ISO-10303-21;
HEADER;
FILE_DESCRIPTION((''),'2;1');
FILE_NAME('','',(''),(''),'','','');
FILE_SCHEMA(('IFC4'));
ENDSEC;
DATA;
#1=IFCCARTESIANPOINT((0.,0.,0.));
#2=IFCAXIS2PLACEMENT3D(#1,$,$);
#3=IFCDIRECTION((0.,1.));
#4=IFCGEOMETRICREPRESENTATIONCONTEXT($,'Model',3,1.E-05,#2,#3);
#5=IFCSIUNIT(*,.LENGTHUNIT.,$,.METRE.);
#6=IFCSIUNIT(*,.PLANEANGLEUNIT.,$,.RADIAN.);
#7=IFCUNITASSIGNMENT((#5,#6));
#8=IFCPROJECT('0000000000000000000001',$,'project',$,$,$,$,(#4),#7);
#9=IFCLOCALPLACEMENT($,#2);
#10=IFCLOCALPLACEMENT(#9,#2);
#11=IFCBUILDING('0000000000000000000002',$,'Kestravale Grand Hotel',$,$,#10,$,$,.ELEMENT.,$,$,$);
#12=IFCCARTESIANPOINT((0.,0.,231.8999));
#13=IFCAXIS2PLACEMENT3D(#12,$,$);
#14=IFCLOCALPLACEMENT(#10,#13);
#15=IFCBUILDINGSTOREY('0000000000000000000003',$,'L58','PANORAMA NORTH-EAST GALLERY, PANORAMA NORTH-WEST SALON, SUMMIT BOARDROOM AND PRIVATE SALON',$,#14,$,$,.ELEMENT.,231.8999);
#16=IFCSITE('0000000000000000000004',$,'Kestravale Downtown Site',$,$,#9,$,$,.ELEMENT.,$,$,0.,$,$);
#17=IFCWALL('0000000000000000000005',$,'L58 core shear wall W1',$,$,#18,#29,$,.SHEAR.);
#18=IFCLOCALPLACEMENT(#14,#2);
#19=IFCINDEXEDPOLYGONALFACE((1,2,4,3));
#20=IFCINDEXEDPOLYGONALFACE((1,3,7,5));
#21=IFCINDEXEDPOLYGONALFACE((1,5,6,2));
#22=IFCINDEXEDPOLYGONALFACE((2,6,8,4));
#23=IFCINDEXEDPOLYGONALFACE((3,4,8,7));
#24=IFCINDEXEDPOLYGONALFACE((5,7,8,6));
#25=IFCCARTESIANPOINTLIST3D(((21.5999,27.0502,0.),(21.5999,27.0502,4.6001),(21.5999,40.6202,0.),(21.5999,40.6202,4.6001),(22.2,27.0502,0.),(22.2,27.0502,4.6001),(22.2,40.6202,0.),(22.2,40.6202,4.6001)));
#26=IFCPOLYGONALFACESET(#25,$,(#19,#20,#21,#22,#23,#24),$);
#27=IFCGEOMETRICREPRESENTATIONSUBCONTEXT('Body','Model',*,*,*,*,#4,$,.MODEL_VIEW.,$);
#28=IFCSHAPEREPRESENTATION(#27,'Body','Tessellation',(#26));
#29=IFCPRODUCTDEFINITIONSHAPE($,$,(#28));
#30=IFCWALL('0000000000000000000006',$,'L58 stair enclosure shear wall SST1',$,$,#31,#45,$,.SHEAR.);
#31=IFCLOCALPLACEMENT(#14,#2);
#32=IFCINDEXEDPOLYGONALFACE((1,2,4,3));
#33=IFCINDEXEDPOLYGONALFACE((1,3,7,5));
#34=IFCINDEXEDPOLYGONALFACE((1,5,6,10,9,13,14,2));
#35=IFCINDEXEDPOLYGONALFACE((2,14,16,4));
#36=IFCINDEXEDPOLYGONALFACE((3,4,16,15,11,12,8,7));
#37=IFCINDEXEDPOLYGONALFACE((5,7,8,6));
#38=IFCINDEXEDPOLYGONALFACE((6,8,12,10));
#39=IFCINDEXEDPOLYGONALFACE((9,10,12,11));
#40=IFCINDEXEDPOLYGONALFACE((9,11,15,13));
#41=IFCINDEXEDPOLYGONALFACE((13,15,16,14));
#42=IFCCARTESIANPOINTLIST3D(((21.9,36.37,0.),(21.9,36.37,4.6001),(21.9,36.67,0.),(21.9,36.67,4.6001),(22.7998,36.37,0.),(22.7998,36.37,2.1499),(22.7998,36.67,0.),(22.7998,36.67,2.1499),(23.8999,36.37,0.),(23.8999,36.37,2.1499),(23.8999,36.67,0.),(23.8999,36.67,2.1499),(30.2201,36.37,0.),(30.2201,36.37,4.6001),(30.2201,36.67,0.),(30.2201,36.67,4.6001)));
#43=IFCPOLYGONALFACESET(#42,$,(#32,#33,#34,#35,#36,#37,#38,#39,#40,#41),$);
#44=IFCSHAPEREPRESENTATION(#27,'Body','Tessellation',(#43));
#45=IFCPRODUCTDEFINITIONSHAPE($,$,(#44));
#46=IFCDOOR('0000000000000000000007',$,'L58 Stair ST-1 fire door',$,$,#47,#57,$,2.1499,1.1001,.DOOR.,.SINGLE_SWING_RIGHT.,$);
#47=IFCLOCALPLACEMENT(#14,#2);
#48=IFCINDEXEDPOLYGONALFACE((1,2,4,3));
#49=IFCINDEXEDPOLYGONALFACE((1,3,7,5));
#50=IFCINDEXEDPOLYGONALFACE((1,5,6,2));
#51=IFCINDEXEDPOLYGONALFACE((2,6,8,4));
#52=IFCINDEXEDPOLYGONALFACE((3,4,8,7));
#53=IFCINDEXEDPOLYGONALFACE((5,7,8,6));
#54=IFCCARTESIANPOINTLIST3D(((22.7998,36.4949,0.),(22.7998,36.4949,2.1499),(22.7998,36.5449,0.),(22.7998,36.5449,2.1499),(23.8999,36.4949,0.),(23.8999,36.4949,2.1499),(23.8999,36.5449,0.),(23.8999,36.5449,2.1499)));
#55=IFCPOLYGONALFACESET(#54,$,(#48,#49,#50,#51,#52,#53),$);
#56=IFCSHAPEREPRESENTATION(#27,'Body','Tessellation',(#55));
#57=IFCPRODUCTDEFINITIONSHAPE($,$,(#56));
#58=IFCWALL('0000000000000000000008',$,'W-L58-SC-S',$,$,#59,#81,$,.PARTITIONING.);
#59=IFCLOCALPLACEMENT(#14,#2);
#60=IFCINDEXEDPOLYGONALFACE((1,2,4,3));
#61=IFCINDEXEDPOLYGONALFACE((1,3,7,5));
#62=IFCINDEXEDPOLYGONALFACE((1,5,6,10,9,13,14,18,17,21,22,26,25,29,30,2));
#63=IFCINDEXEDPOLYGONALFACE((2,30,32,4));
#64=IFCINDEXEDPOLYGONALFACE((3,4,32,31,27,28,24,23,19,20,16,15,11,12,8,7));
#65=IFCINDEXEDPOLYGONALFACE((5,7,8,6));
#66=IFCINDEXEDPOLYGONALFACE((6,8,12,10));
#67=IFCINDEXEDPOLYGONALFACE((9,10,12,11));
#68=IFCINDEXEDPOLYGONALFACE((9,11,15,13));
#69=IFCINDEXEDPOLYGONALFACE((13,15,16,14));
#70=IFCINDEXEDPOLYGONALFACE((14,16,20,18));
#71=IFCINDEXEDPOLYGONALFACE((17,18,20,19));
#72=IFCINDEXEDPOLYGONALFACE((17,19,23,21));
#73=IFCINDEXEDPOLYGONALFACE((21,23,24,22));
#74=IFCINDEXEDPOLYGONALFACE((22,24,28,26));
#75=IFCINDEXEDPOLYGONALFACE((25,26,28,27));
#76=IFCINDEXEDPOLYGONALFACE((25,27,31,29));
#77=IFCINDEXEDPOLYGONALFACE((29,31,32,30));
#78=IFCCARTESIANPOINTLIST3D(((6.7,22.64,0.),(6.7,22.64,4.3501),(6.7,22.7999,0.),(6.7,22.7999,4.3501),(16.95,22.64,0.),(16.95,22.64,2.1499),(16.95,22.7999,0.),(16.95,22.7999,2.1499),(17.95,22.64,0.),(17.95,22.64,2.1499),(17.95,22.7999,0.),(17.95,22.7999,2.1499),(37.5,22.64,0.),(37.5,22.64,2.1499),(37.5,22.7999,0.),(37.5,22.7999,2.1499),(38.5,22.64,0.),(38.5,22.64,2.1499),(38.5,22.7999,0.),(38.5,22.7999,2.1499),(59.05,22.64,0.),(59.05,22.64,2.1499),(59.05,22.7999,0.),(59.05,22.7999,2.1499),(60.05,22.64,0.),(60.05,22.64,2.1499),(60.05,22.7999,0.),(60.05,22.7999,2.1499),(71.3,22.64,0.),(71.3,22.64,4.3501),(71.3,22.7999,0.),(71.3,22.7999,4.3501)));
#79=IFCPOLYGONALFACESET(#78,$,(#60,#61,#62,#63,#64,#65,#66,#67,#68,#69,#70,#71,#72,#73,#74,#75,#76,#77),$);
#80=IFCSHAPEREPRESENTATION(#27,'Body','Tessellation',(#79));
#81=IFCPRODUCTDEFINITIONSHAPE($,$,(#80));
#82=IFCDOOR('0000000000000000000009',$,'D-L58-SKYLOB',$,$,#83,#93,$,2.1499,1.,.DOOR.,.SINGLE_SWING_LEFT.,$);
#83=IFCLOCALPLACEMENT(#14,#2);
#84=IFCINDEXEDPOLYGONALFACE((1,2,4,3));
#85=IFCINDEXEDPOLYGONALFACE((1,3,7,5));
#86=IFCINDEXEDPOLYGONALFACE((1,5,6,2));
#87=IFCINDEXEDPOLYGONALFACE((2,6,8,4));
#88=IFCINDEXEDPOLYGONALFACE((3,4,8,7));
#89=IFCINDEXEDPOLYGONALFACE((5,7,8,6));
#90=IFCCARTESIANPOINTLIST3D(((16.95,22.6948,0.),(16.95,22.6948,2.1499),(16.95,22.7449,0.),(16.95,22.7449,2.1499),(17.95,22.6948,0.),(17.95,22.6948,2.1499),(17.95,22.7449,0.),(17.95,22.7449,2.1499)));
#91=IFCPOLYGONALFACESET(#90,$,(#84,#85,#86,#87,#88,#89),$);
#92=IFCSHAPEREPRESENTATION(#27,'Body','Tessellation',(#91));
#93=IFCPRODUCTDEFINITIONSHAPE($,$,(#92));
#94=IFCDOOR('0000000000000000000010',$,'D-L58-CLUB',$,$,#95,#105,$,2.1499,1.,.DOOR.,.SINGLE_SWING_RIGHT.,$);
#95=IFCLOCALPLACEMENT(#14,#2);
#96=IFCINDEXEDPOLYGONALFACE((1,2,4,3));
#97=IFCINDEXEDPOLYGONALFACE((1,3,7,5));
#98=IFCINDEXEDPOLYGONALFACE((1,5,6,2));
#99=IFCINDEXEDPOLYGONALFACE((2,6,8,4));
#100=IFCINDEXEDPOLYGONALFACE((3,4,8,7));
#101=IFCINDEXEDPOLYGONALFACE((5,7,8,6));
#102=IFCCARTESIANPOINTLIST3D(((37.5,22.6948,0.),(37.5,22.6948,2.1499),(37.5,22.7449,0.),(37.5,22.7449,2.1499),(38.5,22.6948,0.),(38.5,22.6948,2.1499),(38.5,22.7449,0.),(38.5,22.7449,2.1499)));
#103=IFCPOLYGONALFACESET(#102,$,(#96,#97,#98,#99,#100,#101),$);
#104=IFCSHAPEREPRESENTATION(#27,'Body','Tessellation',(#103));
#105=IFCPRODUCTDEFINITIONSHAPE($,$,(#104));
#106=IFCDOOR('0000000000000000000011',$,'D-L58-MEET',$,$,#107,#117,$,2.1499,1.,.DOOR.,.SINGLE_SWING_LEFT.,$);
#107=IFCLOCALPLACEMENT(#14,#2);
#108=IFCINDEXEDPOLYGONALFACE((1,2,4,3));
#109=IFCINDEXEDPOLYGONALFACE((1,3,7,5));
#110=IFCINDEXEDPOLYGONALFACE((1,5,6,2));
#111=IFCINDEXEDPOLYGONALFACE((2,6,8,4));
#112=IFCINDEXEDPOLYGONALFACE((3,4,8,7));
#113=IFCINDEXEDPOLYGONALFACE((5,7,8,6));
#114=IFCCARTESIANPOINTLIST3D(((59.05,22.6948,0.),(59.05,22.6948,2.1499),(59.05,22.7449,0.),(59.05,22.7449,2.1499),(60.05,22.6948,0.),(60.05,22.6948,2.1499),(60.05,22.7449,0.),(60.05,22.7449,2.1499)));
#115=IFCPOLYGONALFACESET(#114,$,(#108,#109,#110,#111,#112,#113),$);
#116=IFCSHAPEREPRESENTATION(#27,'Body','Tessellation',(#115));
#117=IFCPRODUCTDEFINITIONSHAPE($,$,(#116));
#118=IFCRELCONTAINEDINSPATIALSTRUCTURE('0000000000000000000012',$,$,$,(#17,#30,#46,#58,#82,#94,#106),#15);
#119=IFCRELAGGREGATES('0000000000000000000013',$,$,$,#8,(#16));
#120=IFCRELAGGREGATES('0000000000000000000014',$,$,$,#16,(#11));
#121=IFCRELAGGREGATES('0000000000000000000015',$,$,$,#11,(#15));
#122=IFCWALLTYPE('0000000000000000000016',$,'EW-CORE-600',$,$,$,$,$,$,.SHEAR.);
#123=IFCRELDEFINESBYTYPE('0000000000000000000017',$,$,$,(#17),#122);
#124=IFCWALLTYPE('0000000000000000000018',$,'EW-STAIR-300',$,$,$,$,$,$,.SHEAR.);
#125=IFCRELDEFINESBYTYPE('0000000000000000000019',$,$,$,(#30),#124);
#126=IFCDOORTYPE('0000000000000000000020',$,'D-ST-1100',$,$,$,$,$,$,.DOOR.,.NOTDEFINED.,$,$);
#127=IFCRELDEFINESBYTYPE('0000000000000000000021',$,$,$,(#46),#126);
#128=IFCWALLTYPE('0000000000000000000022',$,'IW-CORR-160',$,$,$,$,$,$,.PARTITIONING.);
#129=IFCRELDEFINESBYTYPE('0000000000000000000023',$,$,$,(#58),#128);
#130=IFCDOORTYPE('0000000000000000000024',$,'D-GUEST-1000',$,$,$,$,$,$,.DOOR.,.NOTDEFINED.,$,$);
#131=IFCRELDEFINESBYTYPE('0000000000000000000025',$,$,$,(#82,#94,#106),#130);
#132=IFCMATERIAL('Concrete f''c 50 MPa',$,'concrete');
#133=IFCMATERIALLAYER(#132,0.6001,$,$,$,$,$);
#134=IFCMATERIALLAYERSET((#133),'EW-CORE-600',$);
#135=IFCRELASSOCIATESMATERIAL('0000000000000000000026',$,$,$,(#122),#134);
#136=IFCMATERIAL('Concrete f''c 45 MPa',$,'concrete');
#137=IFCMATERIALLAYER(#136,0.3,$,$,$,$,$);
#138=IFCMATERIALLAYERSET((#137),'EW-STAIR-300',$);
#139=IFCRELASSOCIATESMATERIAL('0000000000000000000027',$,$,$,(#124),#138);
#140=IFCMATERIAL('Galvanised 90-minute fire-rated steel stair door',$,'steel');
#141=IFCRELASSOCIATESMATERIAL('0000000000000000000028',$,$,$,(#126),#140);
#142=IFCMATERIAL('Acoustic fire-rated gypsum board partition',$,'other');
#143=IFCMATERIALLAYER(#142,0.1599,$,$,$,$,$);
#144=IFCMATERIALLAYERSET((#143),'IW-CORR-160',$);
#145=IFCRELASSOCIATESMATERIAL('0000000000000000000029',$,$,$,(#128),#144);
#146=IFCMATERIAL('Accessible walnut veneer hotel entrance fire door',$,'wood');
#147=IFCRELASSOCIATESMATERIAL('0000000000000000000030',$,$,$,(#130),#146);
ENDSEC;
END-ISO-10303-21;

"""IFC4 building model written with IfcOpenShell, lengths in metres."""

from ifc_helpers import new_model, si_unit, direction, frame, frame_2d, origin, place, context, subcontext, project, spatial, rectangle, extrude, material, layer, layer_set, type_object, element, fill, save


model = new_model("IFC4")

# Units and contexts
model_context = context("Model", 3, precision=1e-05, world=origin(), true_north=direction((0.0, 1.0)))
body_context = subcontext(model_context, "Body", "Model", "MODEL_VIEW")
ifc_project = project(units=[si_unit("LENGTHUNIT", "METRE"), si_unit("PLANEANGLEUNIT", "RADIAN")], contexts=[model_context])

# Site, building, storey
site_placement = place(None, origin())
site = spatial("IfcSite", under=ifc_project, at=site_placement, Name="Kestravale Downtown Site", CompositionType="ELEMENT", RefElevation=0.0)
building_placement = place(site_placement, origin())
building = spatial("IfcBuilding", under=site, at=building_placement, Name="Kestravale Grand Hotel", CompositionType="ELEMENT")
storey_placement = place(building_placement, frame((0.0, 0.0, 231.8999)))
storey = spatial("IfcBuildingStorey", under=building, at=storey_placement, Name="L58", Description="PANORAMA NORTH-EAST GALLERY, PANORAMA NORTH-WEST SALON, SUMMIT BOARDROOM AND PRIVATE SALON", CompositionType="ELEMENT", Elevation=231.8999)

# Wall
ifc_material_1 = material(Name="Concrete f'c 50 MPa", Category="concrete")
ifc_layer_1 = layer(ifc_material_1, 0.6001)
ifc_layer_set_1 = layer_set([ifc_layer_1], Name="EW-CORE-600")
wall_type_1 = type_object("IfcWallType", Name="EW-CORE-600", PredefinedType="SHEAR", material=ifc_layer_set_1)
wall_1_placement = place(storey_placement, frame((21.8999, 27.05, 0.0), z_axis=(0.0, 0.0, 1.0), x_axis=(0.0, 1.0, 0.0)))
element("IfcWall", 1, at=wall_1_placement, inside=storey, type_object=wall_type_1, Name="L58 core shear wall W1", PredefinedType="SHEAR", context=body_context, shape_type="SweptSolid", body=[
    extrude(rectangle(XDim=13.5701, YDim=0.6001, at=frame_2d((6.7852, 0.0))), origin(), (0.0, 0.0, 1.0), 4.6001),
])

# Wall, opening, door
ifc_material_2 = material(Name="Concrete f'c 45 MPa", Category="concrete")
ifc_layer_2 = layer(ifc_material_2, 0.3)
ifc_layer_set_2 = layer_set([ifc_layer_2], Name="EW-STAIR-300")
wall_type_2 = type_object("IfcWallType", Name="EW-STAIR-300", PredefinedType="SHEAR", material=ifc_layer_set_2)
wall_2_placement = place(storey_placement, frame((21.8999, 36.52, 0.0), z_axis=(0.0, 0.0, 1.0), x_axis=(1.0, 0.0, 0.0)))
wall_2 = element("IfcWall", 2, at=wall_2_placement, inside=storey, type_object=wall_type_2, Name="L58 stair enclosure shear wall SST1", PredefinedType="SHEAR", context=body_context, shape_type="SweptSolid", body=[
    extrude(rectangle(XDim=8.3201, YDim=0.3, at=frame_2d((4.1602, 0.0))), origin(), (0.0, 0.0, 1.0), 4.6001),
])
opening_1_placement = place(wall_2_placement, frame((0.8999, 0.0, 0.0)))
opening_1 = element("IfcOpeningElement", 3, at=opening_1_placement, cuts=wall_2, PredefinedType="OPENING", context=body_context, shape_type="SweptSolid", body=[
    extrude(rectangle(XDim=1.1001, YDim=2.1499, at=frame_2d((0.55, 1.075))), frame((0.0, 0.1599, 0.0), z_axis=(0.0, -1.0, 0.0), x_axis=(1.0, 0.0, 0.0)), (0.0, 0.0, 1.0), 0.3201),
])
ifc_material_3 = material(Name="Galvanised 90-minute fire-rated steel stair door", Category="steel")
door_type_1 = type_object("IfcDoorType", Name="D-ST-1100", OperationType="NOTDEFINED", PredefinedType="DOOR", material=ifc_material_3)
door_1_placement = place(opening_1_placement, origin())
door_1 = element("IfcDoor", 4, at=door_1_placement, inside=storey, type_object=door_type_1, Name="L58 Stair ST-1 fire door", OperationType="SINGLE_SWING_RIGHT", OverallHeight=2.1499, OverallWidth=1.1001, PredefinedType="DOOR", context=body_context, shape_type="SweptSolid", body=[
    extrude(rectangle(XDim=1.1001, YDim=2.1499, at=frame_2d((0.55, 1.075))), frame((0.0, 0.0249, 0.0), z_axis=(0.0, -1.0, 0.0), x_axis=(1.0, 0.0, 0.0)), (0.0, 0.0, 1.0), 0.05),
])
fill(opening_1, door_1)

# Wall, openings, doors
ifc_material_4 = material(Name="Acoustic fire-rated gypsum board partition", Category="other")
ifc_layer_3 = layer(ifc_material_4, 0.1599)
ifc_layer_set_3 = layer_set([ifc_layer_3], Name="IW-CORR-160")
wall_type_3 = type_object("IfcWallType", Name="IW-CORR-160", PredefinedType="PARTITIONING", material=ifc_layer_set_3)
wall_3_placement = place(storey_placement, frame((6.7, 22.72, 0.0), z_axis=(0.0, 0.0, 1.0), x_axis=(1.0, 0.0, 0.0)))
wall_3 = element("IfcWall", 5, at=wall_3_placement, inside=storey, type_object=wall_type_3, Name="W-L58-SC-S", PredefinedType="PARTITIONING", context=body_context, shape_type="SweptSolid", body=[
    extrude(rectangle(XDim=64.6001, YDim=0.1599, at=frame_2d((32.3, 0.0))), origin(), (0.0, 0.0, 1.0), 4.3501),
])
opening_2_placement = place(wall_3_placement, frame((10.25, 0.0, 0.0)))
opening_2 = element("IfcOpeningElement", 6, at=opening_2_placement, cuts=wall_3, PredefinedType="OPENING", context=body_context, shape_type="SweptSolid", body=[
    extrude(rectangle(XDim=1.0, YDim=2.1499, at=frame_2d((0.5, 1.075))), frame((0.0, 0.0898, 0.0), z_axis=(0.0, -1.0, 0.0), x_axis=(1.0, 0.0, 0.0)), (0.0, 0.0, 1.0), 0.1799),
])
opening_3_placement = place(wall_3_placement, frame((30.8, 0.0, 0.0)))
opening_3 = element("IfcOpeningElement", 7, at=opening_3_placement, cuts=wall_3, PredefinedType="OPENING", context=body_context, shape_type="SweptSolid", body=[
    extrude(rectangle(XDim=1.0, YDim=2.1499, at=frame_2d((0.5, 1.075))), frame((0.0, 0.0898, 0.0), z_axis=(0.0, -1.0, 0.0), x_axis=(1.0, 0.0, 0.0)), (0.0, 0.0, 1.0), 0.1799),
])
opening_4_placement = place(wall_3_placement, frame((52.3501, 0.0, 0.0)))
opening_4 = element("IfcOpeningElement", 8, at=opening_4_placement, cuts=wall_3, PredefinedType="OPENING", context=body_context, shape_type="SweptSolid", body=[
    extrude(rectangle(XDim=1.0, YDim=2.1499, at=frame_2d((0.5, 1.075))), frame((0.0, 0.0898, 0.0), z_axis=(0.0, -1.0, 0.0), x_axis=(1.0, 0.0, 0.0)), (0.0, 0.0, 1.0), 0.1799),
])
ifc_material_5 = material(Name="Accessible walnut veneer hotel entrance fire door", Category="wood")
door_type_2 = type_object("IfcDoorType", Name="D-GUEST-1000", OperationType="NOTDEFINED", PredefinedType="DOOR", material=ifc_material_5)
door_2_placement = place(opening_2_placement, origin())
door_2 = element("IfcDoor", 9, at=door_2_placement, inside=storey, type_object=door_type_2, Name="D-L58-SKYLOB", OperationType="SINGLE_SWING_LEFT", OverallHeight=2.1499, OverallWidth=1.0, PredefinedType="DOOR", context=body_context, shape_type="SweptSolid", body=[
    extrude(rectangle(XDim=1.0, YDim=2.1499, at=frame_2d((0.5, 1.075))), frame((0.0, 0.0249, 0.0), z_axis=(0.0, -1.0, 0.0), x_axis=(1.0, 0.0, 0.0)), (0.0, 0.0, 1.0), 0.05),
])
fill(opening_2, door_2)
door_3_placement = place(opening_3_placement, origin())
door_3 = element("IfcDoor", 10, at=door_3_placement, inside=storey, type_object=door_type_2, Name="D-L58-CLUB", OperationType="SINGLE_SWING_RIGHT", OverallHeight=2.1499, OverallWidth=1.0, PredefinedType="DOOR", context=body_context, shape_type="SweptSolid", body=[
    extrude(rectangle(XDim=1.0, YDim=2.1499, at=frame_2d((0.5, 1.075))), frame((0.0, 0.0249, 0.0), z_axis=(0.0, -1.0, 0.0), x_axis=(1.0, 0.0, 0.0)), (0.0, 0.0, 1.0), 0.05),
])
fill(opening_3, door_3)
door_4_placement = place(opening_4_placement, origin())
door_4 = element("IfcDoor", 11, at=door_4_placement, inside=storey, type_object=door_type_2, Name="D-L58-MEET", OperationType="SINGLE_SWING_LEFT", OverallHeight=2.1499, OverallWidth=1.0, PredefinedType="DOOR", context=body_context, shape_type="SweptSolid", body=[
    extrude(rectangle(XDim=1.0, YDim=2.1499, at=frame_2d((0.5, 1.075))), frame((0.0, 0.0249, 0.0), z_axis=(0.0, -1.0, 0.0), x_axis=(1.0, 0.0, 0.0)), (0.0, 0.0, 1.0), 0.05),
])
fill(opening_4, door_4)

save(model, "model.ifc")
